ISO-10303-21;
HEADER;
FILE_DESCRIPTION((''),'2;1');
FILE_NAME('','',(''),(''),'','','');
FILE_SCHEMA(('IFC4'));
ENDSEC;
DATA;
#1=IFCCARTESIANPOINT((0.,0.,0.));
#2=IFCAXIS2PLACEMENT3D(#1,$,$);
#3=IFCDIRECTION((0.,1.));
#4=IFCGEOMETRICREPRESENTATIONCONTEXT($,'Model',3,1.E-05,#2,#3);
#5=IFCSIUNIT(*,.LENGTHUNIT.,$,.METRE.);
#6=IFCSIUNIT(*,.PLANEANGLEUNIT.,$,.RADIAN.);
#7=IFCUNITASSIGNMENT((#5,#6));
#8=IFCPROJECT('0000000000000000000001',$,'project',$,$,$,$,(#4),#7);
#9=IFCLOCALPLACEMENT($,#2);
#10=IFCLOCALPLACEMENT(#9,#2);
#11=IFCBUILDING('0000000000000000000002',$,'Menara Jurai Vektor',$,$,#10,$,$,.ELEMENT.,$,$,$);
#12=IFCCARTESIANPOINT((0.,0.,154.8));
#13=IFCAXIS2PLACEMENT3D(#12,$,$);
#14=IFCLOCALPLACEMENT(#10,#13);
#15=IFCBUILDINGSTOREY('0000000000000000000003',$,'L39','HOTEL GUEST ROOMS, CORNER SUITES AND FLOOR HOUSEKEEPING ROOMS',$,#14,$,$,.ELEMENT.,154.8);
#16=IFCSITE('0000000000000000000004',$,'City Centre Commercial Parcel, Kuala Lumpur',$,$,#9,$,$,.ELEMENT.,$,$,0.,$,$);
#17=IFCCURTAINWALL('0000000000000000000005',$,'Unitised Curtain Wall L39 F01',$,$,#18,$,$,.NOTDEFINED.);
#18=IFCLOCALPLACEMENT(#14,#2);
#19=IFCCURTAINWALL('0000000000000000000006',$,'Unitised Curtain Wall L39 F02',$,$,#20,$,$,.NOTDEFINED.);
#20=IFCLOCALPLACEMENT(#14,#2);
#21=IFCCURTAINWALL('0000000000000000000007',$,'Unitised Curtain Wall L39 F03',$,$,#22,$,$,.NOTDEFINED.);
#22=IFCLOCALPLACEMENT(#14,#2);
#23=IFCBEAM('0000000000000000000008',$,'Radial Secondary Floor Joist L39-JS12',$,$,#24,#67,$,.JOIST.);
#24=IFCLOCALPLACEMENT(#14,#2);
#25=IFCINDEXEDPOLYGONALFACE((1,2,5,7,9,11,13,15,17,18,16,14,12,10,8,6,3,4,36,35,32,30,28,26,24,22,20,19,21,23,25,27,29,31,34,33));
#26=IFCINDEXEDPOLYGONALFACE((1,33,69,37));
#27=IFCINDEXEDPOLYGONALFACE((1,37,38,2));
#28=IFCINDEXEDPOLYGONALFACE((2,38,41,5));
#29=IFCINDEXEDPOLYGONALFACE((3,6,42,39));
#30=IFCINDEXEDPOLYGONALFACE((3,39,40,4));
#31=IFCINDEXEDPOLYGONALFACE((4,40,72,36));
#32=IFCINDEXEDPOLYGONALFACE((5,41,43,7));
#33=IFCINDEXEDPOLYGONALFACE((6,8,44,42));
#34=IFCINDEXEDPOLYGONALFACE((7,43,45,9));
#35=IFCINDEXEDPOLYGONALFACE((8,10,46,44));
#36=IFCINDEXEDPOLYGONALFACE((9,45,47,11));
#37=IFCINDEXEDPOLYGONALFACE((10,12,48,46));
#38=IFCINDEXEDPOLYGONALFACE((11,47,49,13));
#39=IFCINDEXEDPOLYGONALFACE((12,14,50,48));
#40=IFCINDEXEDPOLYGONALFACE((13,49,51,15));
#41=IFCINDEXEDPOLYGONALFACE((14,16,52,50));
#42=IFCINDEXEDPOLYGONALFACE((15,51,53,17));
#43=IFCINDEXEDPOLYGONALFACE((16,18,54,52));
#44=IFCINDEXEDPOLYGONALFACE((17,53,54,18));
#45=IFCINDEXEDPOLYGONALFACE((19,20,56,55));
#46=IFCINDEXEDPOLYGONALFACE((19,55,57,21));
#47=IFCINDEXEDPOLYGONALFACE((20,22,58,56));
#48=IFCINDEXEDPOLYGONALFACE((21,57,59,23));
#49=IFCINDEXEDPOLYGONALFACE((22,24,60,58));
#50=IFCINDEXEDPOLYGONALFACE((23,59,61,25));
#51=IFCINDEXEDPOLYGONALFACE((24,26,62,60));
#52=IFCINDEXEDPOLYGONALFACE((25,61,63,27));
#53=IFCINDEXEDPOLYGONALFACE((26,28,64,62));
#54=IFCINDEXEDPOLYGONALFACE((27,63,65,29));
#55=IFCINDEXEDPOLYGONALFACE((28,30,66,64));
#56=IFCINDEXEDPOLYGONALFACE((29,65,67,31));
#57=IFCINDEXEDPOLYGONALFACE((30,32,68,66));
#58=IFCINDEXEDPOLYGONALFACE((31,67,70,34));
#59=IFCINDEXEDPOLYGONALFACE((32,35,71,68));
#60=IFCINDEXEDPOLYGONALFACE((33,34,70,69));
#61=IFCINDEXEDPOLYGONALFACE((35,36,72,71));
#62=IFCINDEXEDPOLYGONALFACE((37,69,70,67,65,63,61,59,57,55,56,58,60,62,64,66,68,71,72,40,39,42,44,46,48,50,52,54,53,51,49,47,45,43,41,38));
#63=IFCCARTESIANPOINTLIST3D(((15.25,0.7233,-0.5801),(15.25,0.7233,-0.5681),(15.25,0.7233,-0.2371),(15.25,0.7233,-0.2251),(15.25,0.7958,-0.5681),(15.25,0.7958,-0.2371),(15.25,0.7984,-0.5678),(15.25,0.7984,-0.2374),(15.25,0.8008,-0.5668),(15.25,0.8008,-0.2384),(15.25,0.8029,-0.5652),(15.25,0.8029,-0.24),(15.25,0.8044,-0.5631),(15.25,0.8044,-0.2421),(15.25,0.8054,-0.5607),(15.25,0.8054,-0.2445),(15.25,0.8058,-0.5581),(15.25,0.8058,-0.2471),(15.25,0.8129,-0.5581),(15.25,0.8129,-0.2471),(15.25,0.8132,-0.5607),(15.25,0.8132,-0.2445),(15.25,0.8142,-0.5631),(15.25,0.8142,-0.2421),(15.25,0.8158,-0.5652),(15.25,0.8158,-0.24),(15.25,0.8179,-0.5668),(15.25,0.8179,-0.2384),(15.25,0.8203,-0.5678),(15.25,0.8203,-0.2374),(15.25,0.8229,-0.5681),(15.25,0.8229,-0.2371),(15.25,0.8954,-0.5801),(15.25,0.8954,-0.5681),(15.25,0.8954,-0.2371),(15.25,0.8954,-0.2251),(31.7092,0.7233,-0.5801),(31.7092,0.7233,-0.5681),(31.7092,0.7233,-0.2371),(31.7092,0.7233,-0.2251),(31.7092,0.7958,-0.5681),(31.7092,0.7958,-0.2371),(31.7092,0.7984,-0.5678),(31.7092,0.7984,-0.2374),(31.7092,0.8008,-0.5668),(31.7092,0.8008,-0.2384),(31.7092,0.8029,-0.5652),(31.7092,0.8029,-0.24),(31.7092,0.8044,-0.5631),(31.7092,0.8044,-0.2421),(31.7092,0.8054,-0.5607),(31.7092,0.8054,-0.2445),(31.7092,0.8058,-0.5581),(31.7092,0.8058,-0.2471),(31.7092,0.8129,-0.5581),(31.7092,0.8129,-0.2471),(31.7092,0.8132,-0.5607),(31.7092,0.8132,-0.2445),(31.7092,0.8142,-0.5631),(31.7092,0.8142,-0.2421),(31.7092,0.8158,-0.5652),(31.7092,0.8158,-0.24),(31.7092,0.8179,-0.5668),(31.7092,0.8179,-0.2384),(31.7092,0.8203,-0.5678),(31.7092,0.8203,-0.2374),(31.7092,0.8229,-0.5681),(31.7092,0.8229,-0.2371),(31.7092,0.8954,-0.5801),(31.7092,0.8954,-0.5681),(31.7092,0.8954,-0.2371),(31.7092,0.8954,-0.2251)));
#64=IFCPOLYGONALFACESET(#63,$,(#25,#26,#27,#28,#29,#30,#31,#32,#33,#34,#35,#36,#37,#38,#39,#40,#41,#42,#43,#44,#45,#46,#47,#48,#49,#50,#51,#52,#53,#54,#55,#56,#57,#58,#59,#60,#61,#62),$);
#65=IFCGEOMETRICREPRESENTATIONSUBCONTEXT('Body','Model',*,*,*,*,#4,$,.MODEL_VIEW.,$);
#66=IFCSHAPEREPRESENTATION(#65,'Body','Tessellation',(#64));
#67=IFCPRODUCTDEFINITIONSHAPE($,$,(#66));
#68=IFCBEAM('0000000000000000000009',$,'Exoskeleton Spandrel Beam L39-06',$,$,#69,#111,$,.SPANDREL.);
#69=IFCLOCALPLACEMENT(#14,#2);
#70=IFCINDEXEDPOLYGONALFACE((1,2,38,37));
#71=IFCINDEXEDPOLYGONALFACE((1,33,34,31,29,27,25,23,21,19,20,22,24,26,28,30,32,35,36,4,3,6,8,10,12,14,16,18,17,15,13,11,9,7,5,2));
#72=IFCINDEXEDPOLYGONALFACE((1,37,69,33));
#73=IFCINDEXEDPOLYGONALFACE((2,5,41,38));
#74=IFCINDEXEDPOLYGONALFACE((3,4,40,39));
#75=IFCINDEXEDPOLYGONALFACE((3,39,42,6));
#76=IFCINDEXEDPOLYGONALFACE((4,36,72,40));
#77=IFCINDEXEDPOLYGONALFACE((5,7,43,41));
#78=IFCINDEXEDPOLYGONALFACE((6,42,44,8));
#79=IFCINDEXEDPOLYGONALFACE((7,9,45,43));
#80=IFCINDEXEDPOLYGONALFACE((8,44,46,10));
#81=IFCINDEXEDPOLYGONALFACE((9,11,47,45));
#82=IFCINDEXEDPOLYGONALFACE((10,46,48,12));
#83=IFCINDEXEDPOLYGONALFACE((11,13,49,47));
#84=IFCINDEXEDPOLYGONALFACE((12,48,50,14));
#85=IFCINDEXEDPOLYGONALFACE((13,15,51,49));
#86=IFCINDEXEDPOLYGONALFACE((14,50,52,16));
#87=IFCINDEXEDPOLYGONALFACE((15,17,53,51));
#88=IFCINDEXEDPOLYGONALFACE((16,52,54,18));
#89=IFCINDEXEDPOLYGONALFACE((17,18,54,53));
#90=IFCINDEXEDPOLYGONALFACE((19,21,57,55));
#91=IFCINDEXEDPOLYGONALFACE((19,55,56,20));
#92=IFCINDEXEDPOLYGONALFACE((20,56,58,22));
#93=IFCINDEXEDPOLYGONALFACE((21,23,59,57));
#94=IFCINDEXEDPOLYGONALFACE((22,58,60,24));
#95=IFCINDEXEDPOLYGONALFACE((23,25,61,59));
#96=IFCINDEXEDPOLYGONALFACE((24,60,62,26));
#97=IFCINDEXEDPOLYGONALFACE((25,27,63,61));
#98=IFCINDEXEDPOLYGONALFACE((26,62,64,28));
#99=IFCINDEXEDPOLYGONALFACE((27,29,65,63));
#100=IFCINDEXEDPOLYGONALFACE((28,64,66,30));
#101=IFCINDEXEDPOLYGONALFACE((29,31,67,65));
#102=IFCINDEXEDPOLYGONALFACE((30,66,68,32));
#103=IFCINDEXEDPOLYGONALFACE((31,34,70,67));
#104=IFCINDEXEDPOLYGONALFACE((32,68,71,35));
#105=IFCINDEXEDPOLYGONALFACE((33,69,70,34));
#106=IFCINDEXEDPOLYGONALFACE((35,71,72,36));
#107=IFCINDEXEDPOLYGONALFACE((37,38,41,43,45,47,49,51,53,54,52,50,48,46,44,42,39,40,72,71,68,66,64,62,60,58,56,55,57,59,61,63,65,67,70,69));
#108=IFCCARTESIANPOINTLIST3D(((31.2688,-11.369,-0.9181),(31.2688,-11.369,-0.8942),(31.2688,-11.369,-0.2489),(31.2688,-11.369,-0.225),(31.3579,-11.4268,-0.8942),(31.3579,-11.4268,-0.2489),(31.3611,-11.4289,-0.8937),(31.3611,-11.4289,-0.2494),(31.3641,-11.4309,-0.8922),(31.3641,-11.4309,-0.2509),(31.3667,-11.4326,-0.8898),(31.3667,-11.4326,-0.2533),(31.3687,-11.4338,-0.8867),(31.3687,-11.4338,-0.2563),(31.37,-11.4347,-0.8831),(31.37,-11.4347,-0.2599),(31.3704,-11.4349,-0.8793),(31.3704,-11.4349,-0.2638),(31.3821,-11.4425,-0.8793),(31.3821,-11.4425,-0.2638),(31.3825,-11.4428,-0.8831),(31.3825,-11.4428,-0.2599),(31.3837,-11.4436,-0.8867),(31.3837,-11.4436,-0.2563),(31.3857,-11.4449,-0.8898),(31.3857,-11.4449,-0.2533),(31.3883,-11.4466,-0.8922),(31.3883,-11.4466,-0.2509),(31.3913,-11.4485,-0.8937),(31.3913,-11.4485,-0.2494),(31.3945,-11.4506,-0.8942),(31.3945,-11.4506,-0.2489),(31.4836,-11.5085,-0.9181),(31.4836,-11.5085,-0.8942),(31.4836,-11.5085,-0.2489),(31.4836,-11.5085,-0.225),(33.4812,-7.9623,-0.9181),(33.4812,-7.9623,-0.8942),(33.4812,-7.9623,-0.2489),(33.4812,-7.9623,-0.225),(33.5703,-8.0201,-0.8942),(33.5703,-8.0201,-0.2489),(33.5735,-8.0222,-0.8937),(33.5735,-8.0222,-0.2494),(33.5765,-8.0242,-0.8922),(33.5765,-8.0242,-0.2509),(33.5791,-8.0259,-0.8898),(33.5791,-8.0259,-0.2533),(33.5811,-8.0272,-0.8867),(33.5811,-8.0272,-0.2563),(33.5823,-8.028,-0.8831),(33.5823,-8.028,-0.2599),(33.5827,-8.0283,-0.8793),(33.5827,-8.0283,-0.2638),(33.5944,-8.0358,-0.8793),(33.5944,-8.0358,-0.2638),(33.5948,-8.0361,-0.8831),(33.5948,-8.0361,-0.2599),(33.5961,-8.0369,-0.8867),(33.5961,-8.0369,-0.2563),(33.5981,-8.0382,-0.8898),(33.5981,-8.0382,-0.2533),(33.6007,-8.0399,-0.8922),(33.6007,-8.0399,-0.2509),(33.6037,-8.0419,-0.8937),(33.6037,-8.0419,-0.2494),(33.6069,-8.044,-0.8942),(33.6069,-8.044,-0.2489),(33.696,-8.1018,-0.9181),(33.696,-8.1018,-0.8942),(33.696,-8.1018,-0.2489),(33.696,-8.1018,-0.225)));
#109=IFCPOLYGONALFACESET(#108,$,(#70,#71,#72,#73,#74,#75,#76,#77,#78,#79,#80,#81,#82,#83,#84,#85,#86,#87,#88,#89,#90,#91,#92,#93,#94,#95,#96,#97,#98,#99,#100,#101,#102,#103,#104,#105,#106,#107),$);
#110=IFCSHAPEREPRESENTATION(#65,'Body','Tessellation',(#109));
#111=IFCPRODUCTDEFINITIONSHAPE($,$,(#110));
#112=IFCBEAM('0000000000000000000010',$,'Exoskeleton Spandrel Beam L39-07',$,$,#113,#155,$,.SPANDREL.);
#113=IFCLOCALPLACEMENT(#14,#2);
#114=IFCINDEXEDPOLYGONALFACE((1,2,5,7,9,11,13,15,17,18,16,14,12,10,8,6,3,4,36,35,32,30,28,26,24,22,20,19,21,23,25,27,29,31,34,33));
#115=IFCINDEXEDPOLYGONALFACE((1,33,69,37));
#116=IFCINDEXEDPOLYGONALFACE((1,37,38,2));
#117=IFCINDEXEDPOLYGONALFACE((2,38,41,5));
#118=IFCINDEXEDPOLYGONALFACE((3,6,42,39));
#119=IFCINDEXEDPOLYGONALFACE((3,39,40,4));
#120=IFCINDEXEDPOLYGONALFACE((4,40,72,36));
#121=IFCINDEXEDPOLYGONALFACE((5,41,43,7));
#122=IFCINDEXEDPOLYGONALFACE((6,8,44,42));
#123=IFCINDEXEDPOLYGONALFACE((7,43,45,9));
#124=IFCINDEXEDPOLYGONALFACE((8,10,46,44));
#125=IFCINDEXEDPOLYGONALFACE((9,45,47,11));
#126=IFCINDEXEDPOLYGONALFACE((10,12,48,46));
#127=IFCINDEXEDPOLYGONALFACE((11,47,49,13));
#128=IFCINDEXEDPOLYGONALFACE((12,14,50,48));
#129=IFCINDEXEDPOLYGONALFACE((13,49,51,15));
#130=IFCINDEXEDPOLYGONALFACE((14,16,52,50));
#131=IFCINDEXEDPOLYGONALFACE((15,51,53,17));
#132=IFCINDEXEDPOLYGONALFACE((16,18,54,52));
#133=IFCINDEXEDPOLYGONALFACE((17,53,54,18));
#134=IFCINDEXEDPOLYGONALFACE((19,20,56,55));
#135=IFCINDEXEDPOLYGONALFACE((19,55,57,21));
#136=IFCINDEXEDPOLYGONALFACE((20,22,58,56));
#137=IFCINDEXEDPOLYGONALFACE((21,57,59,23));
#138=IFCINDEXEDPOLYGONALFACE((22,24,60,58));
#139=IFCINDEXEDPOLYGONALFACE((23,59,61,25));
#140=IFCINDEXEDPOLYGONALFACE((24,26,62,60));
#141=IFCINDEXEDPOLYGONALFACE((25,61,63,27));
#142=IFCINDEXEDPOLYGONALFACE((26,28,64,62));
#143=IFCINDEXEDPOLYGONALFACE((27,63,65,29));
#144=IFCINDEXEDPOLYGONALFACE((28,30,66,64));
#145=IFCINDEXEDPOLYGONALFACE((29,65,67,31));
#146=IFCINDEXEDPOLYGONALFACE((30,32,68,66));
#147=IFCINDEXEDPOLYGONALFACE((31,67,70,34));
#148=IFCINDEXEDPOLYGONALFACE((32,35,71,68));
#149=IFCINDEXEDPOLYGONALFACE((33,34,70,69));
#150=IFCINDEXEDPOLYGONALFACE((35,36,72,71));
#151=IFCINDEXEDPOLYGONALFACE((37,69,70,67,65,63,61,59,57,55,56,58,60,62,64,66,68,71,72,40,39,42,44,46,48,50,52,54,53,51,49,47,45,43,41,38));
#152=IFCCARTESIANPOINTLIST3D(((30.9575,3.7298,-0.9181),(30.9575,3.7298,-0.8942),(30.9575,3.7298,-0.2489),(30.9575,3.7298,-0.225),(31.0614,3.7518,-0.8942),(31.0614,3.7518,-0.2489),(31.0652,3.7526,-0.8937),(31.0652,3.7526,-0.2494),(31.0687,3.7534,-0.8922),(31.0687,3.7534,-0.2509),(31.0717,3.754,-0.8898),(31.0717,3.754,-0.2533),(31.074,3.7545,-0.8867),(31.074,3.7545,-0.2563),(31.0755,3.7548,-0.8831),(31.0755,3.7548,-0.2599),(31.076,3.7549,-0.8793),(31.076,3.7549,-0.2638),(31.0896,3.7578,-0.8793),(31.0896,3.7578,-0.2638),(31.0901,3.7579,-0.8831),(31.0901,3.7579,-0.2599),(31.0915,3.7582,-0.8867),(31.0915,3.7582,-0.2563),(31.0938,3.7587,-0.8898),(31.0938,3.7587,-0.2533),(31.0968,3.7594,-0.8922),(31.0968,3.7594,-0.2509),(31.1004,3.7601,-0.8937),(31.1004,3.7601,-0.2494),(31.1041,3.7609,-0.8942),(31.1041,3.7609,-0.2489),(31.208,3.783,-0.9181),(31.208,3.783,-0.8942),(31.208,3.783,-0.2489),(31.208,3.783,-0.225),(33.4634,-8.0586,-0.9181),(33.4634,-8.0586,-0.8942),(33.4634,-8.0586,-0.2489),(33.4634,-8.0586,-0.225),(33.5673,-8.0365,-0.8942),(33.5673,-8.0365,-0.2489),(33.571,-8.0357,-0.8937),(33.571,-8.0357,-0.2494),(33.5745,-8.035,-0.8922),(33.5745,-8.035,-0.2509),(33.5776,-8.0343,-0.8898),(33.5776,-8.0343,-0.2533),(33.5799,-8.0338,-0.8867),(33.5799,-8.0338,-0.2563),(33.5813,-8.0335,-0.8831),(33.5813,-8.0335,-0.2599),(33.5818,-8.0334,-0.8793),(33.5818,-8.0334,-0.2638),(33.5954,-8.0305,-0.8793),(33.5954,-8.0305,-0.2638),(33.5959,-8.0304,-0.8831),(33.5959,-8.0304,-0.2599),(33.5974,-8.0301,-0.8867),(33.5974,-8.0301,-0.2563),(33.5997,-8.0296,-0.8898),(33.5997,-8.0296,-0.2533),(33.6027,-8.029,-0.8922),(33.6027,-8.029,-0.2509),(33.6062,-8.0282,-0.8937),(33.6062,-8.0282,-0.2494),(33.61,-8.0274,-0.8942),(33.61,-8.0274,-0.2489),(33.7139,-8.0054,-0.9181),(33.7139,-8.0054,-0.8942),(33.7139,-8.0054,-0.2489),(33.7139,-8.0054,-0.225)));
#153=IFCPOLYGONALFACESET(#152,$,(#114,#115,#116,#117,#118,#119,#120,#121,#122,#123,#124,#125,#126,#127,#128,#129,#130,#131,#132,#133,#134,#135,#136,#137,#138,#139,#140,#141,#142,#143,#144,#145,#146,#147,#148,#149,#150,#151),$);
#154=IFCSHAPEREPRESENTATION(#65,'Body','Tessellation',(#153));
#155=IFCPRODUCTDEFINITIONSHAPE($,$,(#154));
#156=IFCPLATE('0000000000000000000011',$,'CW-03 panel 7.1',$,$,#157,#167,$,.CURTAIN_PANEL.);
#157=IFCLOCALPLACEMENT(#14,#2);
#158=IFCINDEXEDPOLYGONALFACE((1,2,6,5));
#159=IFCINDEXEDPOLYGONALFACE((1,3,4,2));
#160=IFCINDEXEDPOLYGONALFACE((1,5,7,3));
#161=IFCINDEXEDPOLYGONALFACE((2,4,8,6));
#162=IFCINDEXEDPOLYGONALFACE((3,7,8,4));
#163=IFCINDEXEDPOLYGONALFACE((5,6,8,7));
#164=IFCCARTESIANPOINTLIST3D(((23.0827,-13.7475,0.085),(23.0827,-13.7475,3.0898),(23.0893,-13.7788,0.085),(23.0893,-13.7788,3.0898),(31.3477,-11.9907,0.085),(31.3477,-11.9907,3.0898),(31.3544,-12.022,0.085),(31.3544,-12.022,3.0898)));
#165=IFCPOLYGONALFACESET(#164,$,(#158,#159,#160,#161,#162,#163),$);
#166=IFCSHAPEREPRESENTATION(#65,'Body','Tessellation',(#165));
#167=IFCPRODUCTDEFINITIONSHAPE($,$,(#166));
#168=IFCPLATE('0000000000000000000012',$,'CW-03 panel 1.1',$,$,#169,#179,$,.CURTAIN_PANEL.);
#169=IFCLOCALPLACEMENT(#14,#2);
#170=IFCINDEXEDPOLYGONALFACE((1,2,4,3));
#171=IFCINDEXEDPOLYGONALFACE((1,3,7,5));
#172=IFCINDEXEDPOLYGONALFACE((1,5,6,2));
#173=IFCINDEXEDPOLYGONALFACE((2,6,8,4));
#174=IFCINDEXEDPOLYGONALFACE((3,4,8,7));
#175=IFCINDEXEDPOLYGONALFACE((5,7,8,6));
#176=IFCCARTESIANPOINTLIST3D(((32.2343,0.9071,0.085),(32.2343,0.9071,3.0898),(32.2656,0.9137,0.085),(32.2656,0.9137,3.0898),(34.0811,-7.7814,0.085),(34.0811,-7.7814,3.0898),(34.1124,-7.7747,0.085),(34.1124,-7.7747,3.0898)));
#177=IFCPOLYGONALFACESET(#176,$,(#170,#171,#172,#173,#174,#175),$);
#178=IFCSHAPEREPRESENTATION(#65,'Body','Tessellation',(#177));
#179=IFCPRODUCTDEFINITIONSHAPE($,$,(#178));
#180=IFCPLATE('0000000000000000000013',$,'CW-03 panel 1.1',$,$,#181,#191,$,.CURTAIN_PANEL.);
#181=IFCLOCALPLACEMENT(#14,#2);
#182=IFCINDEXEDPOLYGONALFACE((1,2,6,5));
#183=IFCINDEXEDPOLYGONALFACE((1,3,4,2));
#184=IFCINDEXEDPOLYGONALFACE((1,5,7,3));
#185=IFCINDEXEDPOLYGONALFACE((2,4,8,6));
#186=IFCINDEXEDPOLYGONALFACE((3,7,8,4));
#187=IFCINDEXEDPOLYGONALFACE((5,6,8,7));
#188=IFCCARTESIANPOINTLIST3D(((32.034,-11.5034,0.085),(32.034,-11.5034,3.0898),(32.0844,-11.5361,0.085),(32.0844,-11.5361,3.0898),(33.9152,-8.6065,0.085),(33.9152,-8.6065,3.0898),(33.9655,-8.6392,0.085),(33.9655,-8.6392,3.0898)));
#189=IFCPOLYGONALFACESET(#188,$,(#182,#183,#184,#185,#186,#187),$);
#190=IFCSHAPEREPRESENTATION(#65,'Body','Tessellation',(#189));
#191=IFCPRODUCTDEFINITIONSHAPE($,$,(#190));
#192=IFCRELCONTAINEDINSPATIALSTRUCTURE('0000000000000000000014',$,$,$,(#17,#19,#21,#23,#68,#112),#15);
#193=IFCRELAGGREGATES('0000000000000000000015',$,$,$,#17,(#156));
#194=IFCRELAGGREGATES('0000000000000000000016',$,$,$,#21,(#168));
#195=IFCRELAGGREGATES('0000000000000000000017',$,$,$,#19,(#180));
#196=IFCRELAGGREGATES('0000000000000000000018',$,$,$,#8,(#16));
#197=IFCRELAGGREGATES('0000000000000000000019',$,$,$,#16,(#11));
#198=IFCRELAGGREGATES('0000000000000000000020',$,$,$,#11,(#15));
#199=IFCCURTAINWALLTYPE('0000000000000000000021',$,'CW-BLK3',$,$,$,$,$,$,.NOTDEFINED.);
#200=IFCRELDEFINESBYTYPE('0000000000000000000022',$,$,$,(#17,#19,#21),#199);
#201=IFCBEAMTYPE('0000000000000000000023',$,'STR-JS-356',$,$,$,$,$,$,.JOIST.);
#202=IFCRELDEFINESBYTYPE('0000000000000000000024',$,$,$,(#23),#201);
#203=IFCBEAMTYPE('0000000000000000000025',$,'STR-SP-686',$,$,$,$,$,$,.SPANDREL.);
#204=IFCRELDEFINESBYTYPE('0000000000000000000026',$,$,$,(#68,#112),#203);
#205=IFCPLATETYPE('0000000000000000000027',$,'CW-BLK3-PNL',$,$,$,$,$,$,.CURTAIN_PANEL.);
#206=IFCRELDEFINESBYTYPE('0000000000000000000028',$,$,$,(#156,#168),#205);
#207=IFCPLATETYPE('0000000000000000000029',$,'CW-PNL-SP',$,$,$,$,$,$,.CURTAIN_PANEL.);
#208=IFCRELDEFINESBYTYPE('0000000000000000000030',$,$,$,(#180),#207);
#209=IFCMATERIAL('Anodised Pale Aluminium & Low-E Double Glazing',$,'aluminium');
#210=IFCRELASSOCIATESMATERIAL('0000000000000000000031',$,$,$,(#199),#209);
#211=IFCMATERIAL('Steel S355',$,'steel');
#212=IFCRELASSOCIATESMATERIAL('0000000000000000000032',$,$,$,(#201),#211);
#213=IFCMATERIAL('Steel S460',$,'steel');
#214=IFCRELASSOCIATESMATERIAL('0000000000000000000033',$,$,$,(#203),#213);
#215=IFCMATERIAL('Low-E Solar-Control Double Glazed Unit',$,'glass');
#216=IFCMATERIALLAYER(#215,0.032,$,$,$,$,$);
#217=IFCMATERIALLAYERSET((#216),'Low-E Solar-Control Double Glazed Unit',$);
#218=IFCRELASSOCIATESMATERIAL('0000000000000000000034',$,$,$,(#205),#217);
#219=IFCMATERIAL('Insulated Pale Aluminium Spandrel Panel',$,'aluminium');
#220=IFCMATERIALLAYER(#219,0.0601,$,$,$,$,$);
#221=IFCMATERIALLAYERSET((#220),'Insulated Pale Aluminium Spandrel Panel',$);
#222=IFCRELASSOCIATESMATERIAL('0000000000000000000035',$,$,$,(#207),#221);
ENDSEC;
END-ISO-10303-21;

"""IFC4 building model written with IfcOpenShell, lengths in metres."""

from ifc_helpers import new_model, si_unit, direction, frame, origin, origin_2d, place, context, subcontext, project, spatial, rectangle, i_section, extrude, material, layer, layer_set, material_profile, profile_set, type_object, element, aggregate, save


model = new_model("IFC4")

# Units and contexts
model_context = context("Model", 3, precision=1e-05, world=origin(), true_north=direction((0.0, 1.0)))
body_context = subcontext(model_context, "Body", "Model", "MODEL_VIEW")
ifc_project = project(units=[si_unit("LENGTHUNIT", "METRE"), si_unit("PLANEANGLEUNIT", "RADIAN")], contexts=[model_context])

# Site, building, storey
site_placement = place(None, origin())
site = spatial("IfcSite", under=ifc_project, at=site_placement, Name="City Centre Commercial Parcel, Kuala Lumpur", CompositionType="ELEMENT", RefElevation=0.0)
building_placement = place(site_placement, origin())
building = spatial("IfcBuilding", under=site, at=building_placement, Name="Menara Jurai Vektor", CompositionType="ELEMENT")
storey_placement = place(building_placement, frame((0.0, 0.0, 154.8)))
storey = spatial("IfcBuildingStorey", under=building, at=storey_placement, Name="L39", Description="HOTEL GUEST ROOMS, CORNER SUITES AND FLOOR HOUSEKEEPING ROOMS", CompositionType="ELEMENT", Elevation=154.8)

# Shared definitions
ifc_material_1 = material(Name="Steel S460", Category="steel")

# Curtain wall
ifc_material_2 = material(Name="Anodised Pale Aluminium & Low-E Double Glazing", Category="aluminium")
curtain_wall_type = type_object("IfcCurtainWallType", Name="CW-BLK3", PredefinedType="NOTDEFINED", material=ifc_material_2)
curtain_wall_1_placement = place(storey_placement, origin())
curtain_wall_1 = element("IfcCurtainWall", 1, at=curtain_wall_1_placement, inside=storey, type_object=curtain_wall_type, Name="Unitised Curtain Wall L39 F01", PredefinedType="NOTDEFINED")

# Curtain walls
curtain_wall_2_placement = place(storey_placement, origin())
curtain_wall_2 = element("IfcCurtainWall", 2, at=curtain_wall_2_placement, inside=storey, type_object=curtain_wall_type, Name="Unitised Curtain Wall L39 F02", PredefinedType="NOTDEFINED")
curtain_wall_3_placement = place(storey_placement, origin())
curtain_wall_3 = element("IfcCurtainWall", 3, at=curtain_wall_3_placement, inside=storey, type_object=curtain_wall_type, Name="Unitised Curtain Wall L39 F03", PredefinedType="NOTDEFINED")

# Shared definitions
ifc_material_3 = material(Name="Steel S355", Category="steel")

# Beams
ifc_material_profile_1 = material_profile(ifc_material_3, i_section(OverallWidth=0.1721, OverallDepth=0.355, WebThickness=0.0071, FlangeThickness=0.012, FilletRadius=0.01, at=origin_2d()), Name="UKB 356x171x51")
ifc_profile_set_1 = profile_set([ifc_material_profile_1], Name="Steel S355")
beam_type_1 = type_object("IfcBeamType", Name="STR-JS-356", PredefinedType="JOIST", material=ifc_profile_set_1)
beam_1_placement = place(storey_placement, frame((31.7092, 0.8093, -0.4026), z_axis=(-1.0, 0.0, 0.0), x_axis=(0.0, -1.0, 0.0)))
element("IfcBeam", 4, at=beam_1_placement, inside=storey, type_object=beam_type_1, Name="Radial Secondary Floor Joist L39-JS12", PredefinedType="JOIST", context=body_context, shape_type="SweptSolid", body=[
    extrude(i_section(OverallWidth=0.1721, OverallDepth=0.355, WebThickness=0.0071, FlangeThickness=0.012, FilletRadius=0.01, at=origin_2d()), origin(), (0.0, 0.0, 1.0), 16.4592),
])
ifc_material_profile_2 = material_profile(ifc_material_1, i_section(OverallWidth=0.2561, OverallDepth=0.6931, WebThickness=0.0139, FlangeThickness=0.0239, FilletRadius=0.0149, at=origin_2d()), Name="UKB 686x254x170")
ifc_profile_set_2 = profile_set([ifc_material_profile_2], Name="Steel S460")
beam_type_2 = type_object("IfcBeamType", Name="STR-SP-686", PredefinedType="SPANDREL", material=ifc_profile_set_2)
beam_2_placement = place(storey_placement, frame((31.3762, -11.4387, -0.5715), z_axis=(0.544646, 0.838666, 0.0), x_axis=(-0.838666, 0.544646, 0.0)))
element("IfcBeam", 5, at=beam_2_placement, inside=storey, type_object=beam_type_2, Name="Exoskeleton Spandrel Beam L39-06", PredefinedType="SPANDREL", context=body_context, shape_type="SweptSolid", body=[
    extrude(i_section(OverallWidth=0.2561, OverallDepth=0.6931, WebThickness=0.0139, FlangeThickness=0.0239, FilletRadius=0.0149, at=origin_2d()), origin(), (0.0, 0.0, 1.0), 4.062),
])
beam_3_placement = place(storey_placement, frame((33.5886, -8.032, -0.5715), z_axis=(-0.207925, 0.978145, 0.0), x_axis=(-0.978145, -0.207925, 0.0)))
element("IfcBeam", 6, at=beam_3_placement, inside=storey, type_object=beam_type_2, Name="Exoskeleton Spandrel Beam L39-07", PredefinedType="SPANDREL", context=body_context, shape_type="SweptSolid", body=[
    extrude(i_section(OverallWidth=0.2561, OverallDepth=0.6931, WebThickness=0.0139, FlangeThickness=0.0239, FilletRadius=0.0149, at=origin_2d()), origin(), (0.0, 0.0, 1.0), 12.0518),
])

# Plates
ifc_material_4 = material(Name="Low-E Solar-Control Double Glazed Unit", Category="glass")
ifc_layer_1 = layer(ifc_material_4, 0.032)
ifc_layer_set_1 = layer_set([ifc_layer_1], Name="Low-E Solar-Control Double Glazed Unit")
plate_type_1 = type_object("IfcPlateType", Name="CW-BLK3-PNL", PredefinedType="CURTAIN_PANEL", material=ifc_layer_set_1)
plate_1_placement = place(storey_placement, frame((27.2185, -12.8848, 0.085), z_axis=(0.0, 0.0, 1.0), x_axis=(0.978148, 0.207911, 0.0)))
plate_1 = element("IfcPlate", 7, at=plate_1_placement, type_object=plate_type_1, Name="CW-03 panel 7.1", PredefinedType="CURTAIN_PANEL", context=body_context, shape_type="SweptSolid", body=[
    extrude(rectangle(XDim=8.4497, YDim=0.032, at=origin_2d()), origin(), (0.0, 0.0, 1.0), 3.0049),
])
aggregate(curtain_wall_1, [plate_1])
plate_2_placement = place(storey_placement, frame((33.1733, -3.4338, 0.085), z_axis=(0.0, 0.0, 1.0), x_axis=(-0.20791, 0.978148, 0.0)))
plate_2 = element("IfcPlate", 8, at=plate_2_placement, type_object=plate_type_1, Name="CW-03 panel 1.1", PredefinedType="CURTAIN_PANEL", context=body_context, shape_type="SweptSolid", body=[
    extrude(rectangle(XDim=8.8826, YDim=0.032, at=origin_2d()), origin(), (0.0, 0.0, 1.0), 3.0049),
])
aggregate(curtain_wall_3, [plate_2])
ifc_material_5 = material(Name="Insulated Pale Aluminium Spandrel Panel", Category="aluminium")
ifc_layer_2 = layer(ifc_material_5, 0.0601)
ifc_layer_set_2 = layer_set([ifc_layer_2], Name="Insulated Pale Aluminium Spandrel Panel")
plate_type_2 = type_object("IfcPlateType", Name="CW-PNL-SP", PredefinedType="CURTAIN_PANEL", material=ifc_layer_set_2)
plate_3_placement = place(storey_placement, frame((32.9998, -10.0713, 0.085), z_axis=(0.0, 0.0, 1.0), x_axis=(0.544618, 0.838684, 0.0)))
plate_3 = element("IfcPlate", 9, at=plate_3_placement, type_object=plate_type_2, Name="CW-03 panel 1.1", PredefinedType="CURTAIN_PANEL", context=body_context, shape_type="SweptSolid", body=[
    extrude(rectangle(XDim=3.4541, YDim=0.0601, at=origin_2d()), origin(), (0.0, 0.0, 1.0), 3.0049),
])
aggregate(curtain_wall_2, [plate_3])

save(model, "model.ifc")
